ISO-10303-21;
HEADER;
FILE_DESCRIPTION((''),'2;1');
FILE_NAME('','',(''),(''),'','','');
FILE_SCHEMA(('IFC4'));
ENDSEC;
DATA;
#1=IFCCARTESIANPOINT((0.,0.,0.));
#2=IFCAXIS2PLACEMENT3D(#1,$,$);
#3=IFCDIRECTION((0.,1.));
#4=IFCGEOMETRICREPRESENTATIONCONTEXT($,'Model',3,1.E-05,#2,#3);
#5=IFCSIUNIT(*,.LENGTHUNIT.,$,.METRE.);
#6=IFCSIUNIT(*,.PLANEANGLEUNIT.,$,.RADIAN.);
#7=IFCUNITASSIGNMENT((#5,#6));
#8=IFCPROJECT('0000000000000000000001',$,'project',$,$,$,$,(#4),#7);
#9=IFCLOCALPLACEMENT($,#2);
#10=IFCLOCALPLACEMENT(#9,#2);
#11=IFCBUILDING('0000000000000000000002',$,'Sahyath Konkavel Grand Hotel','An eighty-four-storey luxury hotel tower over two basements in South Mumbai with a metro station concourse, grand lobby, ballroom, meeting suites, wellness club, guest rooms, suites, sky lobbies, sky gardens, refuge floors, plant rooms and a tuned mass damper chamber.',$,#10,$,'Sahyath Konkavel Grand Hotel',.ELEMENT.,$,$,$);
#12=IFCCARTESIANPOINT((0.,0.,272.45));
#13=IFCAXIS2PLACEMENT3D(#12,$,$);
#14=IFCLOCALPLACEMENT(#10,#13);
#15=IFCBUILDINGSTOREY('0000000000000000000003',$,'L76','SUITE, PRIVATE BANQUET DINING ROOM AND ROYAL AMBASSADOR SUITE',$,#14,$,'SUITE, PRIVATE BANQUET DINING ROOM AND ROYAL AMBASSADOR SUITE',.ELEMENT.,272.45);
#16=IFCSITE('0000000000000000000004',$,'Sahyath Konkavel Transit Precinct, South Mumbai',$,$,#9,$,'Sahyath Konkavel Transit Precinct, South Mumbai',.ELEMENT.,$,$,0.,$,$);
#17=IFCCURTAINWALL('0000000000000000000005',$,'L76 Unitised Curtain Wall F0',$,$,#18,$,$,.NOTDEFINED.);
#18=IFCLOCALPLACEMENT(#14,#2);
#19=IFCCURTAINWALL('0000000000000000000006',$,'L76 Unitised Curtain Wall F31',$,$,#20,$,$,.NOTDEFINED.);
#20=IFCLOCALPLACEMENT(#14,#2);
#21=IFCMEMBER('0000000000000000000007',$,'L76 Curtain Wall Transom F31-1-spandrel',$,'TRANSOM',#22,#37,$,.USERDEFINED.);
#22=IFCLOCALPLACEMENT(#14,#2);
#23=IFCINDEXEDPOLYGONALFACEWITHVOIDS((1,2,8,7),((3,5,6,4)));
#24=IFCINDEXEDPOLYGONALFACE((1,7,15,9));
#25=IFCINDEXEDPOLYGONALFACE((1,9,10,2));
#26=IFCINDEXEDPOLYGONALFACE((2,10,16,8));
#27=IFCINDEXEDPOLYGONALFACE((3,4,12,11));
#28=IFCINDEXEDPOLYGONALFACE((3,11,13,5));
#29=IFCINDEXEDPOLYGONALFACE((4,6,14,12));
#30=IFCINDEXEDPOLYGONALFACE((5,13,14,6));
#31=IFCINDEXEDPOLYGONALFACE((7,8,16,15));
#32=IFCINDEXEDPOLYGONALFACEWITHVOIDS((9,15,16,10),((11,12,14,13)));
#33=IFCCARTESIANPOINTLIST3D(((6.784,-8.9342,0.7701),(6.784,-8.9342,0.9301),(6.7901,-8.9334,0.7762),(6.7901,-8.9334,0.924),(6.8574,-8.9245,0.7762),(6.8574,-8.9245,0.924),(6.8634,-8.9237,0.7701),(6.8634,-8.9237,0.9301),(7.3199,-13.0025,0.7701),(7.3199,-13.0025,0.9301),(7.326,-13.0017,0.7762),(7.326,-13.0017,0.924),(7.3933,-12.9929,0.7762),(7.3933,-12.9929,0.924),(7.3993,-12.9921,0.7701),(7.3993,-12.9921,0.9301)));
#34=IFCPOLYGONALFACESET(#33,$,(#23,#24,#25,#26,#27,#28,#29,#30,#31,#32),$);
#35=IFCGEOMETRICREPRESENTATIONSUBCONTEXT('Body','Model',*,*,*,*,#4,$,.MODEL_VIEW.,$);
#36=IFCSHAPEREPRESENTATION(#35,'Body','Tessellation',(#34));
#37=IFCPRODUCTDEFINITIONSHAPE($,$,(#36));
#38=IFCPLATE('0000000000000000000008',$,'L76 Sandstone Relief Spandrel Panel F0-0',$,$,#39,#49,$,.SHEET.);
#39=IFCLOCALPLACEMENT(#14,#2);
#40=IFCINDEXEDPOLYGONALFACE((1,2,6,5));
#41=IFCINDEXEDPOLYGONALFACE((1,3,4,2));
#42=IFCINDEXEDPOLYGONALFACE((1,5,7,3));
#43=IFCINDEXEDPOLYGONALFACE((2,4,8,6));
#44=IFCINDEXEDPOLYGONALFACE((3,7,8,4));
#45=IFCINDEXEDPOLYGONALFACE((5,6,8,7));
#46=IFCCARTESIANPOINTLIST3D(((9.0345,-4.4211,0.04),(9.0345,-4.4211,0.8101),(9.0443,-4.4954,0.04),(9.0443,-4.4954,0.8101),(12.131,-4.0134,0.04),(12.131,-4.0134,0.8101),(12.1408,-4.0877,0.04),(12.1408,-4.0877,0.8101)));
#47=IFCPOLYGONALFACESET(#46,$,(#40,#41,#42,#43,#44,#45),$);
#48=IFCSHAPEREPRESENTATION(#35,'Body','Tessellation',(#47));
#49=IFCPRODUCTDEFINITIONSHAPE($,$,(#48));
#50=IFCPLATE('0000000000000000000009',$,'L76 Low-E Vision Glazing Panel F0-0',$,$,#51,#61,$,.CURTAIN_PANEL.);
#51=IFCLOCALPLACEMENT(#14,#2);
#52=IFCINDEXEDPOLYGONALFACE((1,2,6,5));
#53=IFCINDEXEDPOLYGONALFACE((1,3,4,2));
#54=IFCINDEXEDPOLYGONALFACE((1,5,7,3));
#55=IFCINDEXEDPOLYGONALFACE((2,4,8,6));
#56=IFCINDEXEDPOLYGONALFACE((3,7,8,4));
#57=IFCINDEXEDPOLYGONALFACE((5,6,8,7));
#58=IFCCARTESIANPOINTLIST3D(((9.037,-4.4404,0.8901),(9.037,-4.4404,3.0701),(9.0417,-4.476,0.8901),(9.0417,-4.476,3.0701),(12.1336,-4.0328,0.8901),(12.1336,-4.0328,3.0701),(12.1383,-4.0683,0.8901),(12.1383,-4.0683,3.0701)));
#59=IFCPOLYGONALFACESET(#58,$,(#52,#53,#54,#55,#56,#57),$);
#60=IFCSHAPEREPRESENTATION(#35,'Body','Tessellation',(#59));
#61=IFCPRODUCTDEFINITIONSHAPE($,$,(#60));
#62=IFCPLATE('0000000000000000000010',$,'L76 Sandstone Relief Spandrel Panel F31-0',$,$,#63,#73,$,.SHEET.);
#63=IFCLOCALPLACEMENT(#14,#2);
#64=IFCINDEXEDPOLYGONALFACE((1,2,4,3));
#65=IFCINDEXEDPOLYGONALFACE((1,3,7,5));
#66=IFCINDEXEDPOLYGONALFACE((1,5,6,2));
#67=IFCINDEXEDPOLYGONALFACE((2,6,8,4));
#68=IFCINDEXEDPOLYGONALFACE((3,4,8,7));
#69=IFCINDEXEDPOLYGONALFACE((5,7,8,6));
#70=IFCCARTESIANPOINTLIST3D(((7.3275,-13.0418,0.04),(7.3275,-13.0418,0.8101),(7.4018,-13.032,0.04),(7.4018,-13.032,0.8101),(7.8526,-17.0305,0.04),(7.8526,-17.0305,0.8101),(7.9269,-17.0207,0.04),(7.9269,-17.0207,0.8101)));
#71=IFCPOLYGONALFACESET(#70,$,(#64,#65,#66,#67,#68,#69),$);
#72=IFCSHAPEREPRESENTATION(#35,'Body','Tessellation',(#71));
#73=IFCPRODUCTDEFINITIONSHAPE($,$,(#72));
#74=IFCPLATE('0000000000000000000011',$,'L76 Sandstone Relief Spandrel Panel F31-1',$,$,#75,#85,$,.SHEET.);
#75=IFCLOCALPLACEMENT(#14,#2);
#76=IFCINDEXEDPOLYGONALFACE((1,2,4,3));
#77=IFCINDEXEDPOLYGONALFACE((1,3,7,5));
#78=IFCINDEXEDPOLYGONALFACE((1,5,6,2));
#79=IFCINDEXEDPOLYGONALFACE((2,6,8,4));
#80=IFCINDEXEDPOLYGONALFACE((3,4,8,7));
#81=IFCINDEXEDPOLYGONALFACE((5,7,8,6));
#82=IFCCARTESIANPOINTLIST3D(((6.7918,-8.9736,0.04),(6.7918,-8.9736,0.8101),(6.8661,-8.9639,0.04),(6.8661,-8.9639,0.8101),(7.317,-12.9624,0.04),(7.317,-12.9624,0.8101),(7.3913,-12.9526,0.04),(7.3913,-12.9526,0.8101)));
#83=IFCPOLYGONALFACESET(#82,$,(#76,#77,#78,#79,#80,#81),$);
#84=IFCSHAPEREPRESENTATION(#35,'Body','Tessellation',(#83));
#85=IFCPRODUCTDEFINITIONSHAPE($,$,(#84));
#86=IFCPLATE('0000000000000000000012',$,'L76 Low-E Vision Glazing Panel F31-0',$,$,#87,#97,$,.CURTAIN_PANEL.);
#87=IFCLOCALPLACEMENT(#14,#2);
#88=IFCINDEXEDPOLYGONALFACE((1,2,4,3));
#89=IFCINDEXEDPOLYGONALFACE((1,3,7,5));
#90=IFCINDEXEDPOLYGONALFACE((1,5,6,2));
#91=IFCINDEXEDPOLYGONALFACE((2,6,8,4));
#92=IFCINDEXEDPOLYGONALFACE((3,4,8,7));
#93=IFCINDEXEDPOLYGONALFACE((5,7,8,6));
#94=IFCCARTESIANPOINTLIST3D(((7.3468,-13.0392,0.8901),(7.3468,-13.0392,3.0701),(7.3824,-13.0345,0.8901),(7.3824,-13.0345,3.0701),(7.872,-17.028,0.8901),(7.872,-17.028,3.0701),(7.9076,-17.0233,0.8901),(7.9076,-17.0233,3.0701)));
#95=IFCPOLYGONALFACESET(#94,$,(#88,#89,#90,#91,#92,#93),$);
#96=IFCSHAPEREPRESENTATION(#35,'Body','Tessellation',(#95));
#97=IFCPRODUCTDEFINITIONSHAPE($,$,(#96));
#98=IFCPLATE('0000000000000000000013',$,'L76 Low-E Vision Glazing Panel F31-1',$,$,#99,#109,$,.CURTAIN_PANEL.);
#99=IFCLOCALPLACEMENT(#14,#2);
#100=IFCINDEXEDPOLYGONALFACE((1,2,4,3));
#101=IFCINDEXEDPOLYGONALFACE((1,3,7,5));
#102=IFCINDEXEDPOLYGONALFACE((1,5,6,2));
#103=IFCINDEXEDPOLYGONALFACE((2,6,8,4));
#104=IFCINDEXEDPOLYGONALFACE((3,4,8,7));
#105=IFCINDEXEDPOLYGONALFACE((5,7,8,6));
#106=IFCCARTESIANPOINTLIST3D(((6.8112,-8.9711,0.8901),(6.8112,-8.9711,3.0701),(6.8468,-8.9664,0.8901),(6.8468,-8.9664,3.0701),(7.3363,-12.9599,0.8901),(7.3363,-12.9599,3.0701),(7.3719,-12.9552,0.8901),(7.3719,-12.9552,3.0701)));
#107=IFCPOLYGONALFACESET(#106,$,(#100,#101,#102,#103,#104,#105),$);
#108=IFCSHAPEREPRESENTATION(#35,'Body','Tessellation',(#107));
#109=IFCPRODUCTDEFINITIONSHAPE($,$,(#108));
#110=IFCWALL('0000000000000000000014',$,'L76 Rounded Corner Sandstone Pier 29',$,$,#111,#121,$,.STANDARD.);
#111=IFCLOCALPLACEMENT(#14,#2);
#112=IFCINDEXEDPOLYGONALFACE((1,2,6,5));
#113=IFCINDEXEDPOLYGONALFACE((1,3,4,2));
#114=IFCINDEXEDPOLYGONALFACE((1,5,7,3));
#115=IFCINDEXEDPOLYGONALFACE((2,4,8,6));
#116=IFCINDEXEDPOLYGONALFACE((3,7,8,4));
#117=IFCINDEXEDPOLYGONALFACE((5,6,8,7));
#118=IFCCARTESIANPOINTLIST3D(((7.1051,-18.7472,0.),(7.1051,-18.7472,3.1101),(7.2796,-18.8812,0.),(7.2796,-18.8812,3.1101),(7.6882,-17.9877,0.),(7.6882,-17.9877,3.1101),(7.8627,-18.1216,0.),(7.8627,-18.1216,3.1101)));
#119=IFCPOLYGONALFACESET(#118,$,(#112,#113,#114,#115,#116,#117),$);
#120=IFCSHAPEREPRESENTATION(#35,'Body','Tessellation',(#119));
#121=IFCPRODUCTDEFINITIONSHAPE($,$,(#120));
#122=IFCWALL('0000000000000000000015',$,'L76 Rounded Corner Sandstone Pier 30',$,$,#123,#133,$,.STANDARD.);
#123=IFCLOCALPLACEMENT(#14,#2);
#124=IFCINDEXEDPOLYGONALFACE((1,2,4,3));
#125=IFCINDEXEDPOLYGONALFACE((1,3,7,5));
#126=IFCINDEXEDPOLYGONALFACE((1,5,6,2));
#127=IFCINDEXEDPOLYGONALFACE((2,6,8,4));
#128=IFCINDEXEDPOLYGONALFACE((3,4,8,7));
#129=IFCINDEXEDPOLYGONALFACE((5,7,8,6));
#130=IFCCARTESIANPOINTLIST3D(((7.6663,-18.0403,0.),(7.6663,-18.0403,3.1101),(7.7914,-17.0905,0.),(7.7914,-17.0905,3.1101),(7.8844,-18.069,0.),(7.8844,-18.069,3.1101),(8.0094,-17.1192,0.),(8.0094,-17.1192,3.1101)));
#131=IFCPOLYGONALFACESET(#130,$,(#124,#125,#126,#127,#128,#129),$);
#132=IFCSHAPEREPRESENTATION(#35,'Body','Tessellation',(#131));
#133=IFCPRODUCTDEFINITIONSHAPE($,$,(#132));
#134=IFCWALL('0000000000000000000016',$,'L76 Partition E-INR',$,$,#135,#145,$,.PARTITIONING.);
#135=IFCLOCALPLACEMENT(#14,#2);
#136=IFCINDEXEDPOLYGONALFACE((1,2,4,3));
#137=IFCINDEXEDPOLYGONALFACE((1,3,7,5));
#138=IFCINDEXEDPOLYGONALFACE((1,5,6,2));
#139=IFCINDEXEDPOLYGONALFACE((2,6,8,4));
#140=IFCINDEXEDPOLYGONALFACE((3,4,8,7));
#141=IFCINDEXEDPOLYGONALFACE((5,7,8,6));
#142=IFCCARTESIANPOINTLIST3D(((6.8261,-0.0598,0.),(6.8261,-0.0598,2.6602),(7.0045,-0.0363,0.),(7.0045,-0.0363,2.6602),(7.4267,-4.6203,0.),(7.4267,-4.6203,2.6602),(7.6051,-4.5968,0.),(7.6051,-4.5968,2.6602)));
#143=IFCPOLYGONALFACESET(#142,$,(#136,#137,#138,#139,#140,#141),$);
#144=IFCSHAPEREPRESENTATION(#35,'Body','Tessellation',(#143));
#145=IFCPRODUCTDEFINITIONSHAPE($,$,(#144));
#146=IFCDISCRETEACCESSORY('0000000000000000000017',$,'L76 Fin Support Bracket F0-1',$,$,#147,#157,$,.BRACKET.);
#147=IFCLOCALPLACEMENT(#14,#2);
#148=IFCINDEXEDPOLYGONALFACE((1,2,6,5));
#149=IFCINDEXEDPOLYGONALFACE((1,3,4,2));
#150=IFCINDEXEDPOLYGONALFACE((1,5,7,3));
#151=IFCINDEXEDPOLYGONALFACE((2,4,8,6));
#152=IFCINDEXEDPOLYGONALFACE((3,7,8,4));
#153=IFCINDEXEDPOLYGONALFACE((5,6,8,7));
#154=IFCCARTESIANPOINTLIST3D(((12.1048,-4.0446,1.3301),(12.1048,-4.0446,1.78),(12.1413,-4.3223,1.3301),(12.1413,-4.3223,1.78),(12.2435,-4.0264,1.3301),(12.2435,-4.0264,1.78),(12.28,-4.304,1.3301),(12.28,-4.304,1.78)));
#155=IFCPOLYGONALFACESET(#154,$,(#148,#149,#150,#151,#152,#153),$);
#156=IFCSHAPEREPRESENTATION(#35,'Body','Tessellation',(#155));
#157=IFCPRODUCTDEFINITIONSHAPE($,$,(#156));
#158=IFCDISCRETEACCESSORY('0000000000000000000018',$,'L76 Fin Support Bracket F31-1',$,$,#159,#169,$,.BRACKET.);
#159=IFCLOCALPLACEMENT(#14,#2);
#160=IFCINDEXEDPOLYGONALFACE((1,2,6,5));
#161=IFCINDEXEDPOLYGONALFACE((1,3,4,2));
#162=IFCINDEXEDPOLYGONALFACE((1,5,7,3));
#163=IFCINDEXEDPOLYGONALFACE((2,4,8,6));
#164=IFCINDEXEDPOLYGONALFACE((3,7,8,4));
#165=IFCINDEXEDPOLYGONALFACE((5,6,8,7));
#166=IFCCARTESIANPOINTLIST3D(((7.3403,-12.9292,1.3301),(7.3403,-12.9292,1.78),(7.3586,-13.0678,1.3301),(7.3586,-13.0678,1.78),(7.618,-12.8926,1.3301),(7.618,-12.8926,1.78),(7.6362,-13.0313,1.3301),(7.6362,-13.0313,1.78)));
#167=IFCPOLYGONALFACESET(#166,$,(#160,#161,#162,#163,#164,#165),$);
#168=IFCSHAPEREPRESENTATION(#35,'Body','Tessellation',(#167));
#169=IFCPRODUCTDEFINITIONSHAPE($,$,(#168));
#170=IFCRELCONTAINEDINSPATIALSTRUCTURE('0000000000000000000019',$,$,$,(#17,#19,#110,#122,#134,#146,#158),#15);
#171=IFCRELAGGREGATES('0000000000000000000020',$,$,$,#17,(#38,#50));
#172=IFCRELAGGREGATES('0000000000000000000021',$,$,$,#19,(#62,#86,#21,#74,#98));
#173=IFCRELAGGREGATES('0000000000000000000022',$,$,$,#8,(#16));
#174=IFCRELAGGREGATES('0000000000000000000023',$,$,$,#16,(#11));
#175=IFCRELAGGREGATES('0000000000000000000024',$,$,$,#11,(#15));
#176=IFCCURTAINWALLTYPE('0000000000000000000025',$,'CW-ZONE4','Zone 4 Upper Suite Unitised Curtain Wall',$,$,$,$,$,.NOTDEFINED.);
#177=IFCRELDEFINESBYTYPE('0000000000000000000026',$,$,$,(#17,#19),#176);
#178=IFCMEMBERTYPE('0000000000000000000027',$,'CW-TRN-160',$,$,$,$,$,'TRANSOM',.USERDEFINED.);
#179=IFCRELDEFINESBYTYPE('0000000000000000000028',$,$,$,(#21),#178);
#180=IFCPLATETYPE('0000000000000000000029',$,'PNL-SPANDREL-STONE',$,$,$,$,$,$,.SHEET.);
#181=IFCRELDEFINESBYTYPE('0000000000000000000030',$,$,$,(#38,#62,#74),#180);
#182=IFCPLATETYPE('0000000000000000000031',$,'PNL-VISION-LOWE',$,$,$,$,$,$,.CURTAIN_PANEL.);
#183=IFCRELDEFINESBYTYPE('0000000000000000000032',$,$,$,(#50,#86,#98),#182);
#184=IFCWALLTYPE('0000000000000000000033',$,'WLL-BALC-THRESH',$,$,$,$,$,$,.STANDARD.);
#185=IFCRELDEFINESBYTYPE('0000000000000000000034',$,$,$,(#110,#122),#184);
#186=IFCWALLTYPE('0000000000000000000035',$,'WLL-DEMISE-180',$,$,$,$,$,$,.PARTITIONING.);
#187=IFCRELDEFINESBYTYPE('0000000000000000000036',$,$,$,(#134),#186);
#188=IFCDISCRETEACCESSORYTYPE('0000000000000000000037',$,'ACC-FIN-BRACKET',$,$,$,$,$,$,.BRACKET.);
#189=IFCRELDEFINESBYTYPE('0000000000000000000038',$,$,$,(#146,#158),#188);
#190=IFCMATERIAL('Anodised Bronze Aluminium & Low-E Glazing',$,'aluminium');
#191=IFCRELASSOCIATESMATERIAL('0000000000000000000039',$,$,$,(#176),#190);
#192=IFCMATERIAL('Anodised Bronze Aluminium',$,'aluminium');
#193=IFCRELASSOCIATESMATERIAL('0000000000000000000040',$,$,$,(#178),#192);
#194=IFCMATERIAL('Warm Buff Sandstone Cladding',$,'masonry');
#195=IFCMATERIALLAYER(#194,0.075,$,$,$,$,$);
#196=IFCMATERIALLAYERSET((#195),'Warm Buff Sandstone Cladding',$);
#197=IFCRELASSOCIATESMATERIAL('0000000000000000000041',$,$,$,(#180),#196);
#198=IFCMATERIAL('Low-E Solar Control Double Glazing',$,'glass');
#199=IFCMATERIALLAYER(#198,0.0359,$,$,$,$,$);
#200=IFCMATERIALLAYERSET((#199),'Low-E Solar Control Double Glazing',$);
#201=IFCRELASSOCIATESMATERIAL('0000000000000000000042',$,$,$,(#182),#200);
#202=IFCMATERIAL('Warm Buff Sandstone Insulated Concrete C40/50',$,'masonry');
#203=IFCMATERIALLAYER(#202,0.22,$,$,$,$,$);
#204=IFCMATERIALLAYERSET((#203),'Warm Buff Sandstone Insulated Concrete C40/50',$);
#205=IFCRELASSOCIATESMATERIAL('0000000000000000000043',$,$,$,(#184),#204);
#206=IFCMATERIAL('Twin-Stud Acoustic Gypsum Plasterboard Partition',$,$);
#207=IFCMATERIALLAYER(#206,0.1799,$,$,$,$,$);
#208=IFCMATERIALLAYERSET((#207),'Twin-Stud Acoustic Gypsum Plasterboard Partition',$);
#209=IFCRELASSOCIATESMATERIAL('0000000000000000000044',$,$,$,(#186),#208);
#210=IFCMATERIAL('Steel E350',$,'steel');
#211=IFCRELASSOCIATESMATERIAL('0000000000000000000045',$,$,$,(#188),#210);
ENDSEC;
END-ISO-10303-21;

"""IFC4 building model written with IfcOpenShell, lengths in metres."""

from ifc_helpers import new_model, si_unit, direction, frame, frame_2d, origin, origin_2d, place, context, subcontext, project, spatial, rectangle, hollow_rectangle, extrude, source, transform, mapped, material, layer, layer_set, material_profile, profile_set, type_object, element, aggregate, save


model = new_model("IFC4")

# Units and contexts
model_context = context("Model", 3, precision=1e-05, world=origin(), true_north=direction((0.0, 1.0)))
body_context = subcontext(model_context, "Body", "Model", "MODEL_VIEW")
ifc_project = project(units=[si_unit("LENGTHUNIT", "METRE"), si_unit("PLANEANGLEUNIT", "RADIAN")], contexts=[model_context])

# Site, building, storey
site_placement = place(None, origin())
site = spatial("IfcSite", under=ifc_project, at=site_placement, Name="Sahyath Konkavel Transit Precinct, South Mumbai", LongName="Sahyath Konkavel Transit Precinct, South Mumbai", CompositionType="ELEMENT", RefElevation=0.0)
building_placement = place(site_placement, origin())
building = spatial("IfcBuilding", under=site, at=building_placement, Name="Sahyath Konkavel Grand Hotel", Description="An eighty-four-storey luxury hotel tower over two basements in South Mumbai with a metro station concourse, grand lobby, ballroom, meeting suites, wellness club, guest rooms, suites, sky lobbies, sky gardens, refuge floors, plant rooms and a tuned mass damper chamber.", LongName="Sahyath Konkavel Grand Hotel", CompositionType="ELEMENT")
storey_placement = place(building_placement, frame((0.0, 0.0, 272.45)))
storey = spatial("IfcBuildingStorey", under=building, at=storey_placement, Name="L76", Description="SUITE, PRIVATE BANQUET DINING ROOM AND ROYAL AMBASSADOR SUITE", LongName="SUITE, PRIVATE BANQUET DINING ROOM AND ROYAL AMBASSADOR SUITE", CompositionType="ELEMENT", Elevation=272.45)

# Curtain walls
ifc_material_1 = material(Name="Anodised Bronze Aluminium & Low-E Glazing", Category="aluminium")
curtain_wall_type = type_object("IfcCurtainWallType", Name="CW-ZONE4", Description="Zone 4 Upper Suite Unitised Curtain Wall", PredefinedType="NOTDEFINED", material=ifc_material_1)
curtain_wall_1_placement = place(storey_placement, origin())
curtain_wall_1 = element("IfcCurtainWall", 1, at=curtain_wall_1_placement, inside=storey, type_object=curtain_wall_type, Name="L76 Unitised Curtain Wall F0", PredefinedType="NOTDEFINED")
curtain_wall_2_placement = place(storey_placement, origin())
curtain_wall_2 = element("IfcCurtainWall", 2, at=curtain_wall_2_placement, inside=storey, type_object=curtain_wall_type, Name="L76 Unitised Curtain Wall F31", PredefinedType="NOTDEFINED")

# Shared definitions
ifc_material_2 = material(Name="Anodised Bronze Aluminium", Category="aluminium")

# Member
ifc_material_profile_1 = material_profile(ifc_material_2, hollow_rectangle(XDim=0.0801, YDim=0.1599, WallThickness=0.0061, at=origin_2d()), Name="RHS 160x80x6")
ifc_profile_set_1 = profile_set([ifc_material_profile_1], Name="Anodised Bronze Aluminium")
member_type_1 = type_object("IfcMemberType", Name="CW-TRN-160", ElementType="TRANSOM", PredefinedType="USERDEFINED", material=ifc_profile_set_1)
shared_shape_1 = source(origin(), body_context, "Body", "SweptSolid", [
    extrude(hollow_rectangle(XDim=0.0801, YDim=0.1599, WallThickness=0.0061, at=origin_2d()), origin(), (0.0, 0.0, 1.0), 4.1035),
])
member_1_placement = place(storey_placement, frame((7.3596, -12.9973, 0.8501), z_axis=(-0.130593, 0.991436, 0.0), x_axis=(-0.991436, -0.130593, 0.0)))
member_1 = element("IfcMember", 3, at=member_1_placement, type_object=member_type_1, Name="L76 Curtain Wall Transom F31-1-spandrel", ObjectType="TRANSOM", PredefinedType="USERDEFINED", context=body_context, shape_type="MappedRepresentation", body=[
    mapped(shared_shape_1, transform((0.0, 0.0, 0.0), scale=1.0)),
])

# Plates
ifc_material_3 = material(Name="Warm Buff Sandstone Cladding", Category="masonry")
ifc_layer_1 = layer(ifc_material_3, 0.075)
ifc_layer_set_1 = layer_set([ifc_layer_1], Name="Warm Buff Sandstone Cladding")
plate_type_1 = type_object("IfcPlateType", Name="PNL-SPANDREL-STONE", PredefinedType="SHEET", material=ifc_layer_set_1)
shared_shape_2 = source(origin(), body_context, "Body", "SweptSolid", [
    extrude(rectangle(XDim=3.1233, YDim=0.075, at=origin_2d()), origin(), (0.0, 0.0, 1.0), 0.77),
])
plate_1_placement = place(storey_placement, frame((10.5876, -4.2544, 0.04), z_axis=(0.0, 0.0, 1.0), x_axis=(0.991445, 0.130526, 0.0)))
plate_1 = element("IfcPlate", 4, at=plate_1_placement, type_object=plate_type_1, Name="L76 Sandstone Relief Spandrel Panel F0-0", PredefinedType="SHEET", context=body_context, shape_type="MappedRepresentation", body=[
    mapped(shared_shape_2, transform((0.0, 0.0, 0.0), scale=1.0)),
])
ifc_material_4 = material(Name="Low-E Solar Control Double Glazing", Category="glass")
ifc_layer_2 = layer(ifc_material_4, 0.0359)
ifc_layer_set_2 = layer_set([ifc_layer_2], Name="Low-E Solar Control Double Glazing")
plate_type_2 = type_object("IfcPlateType", Name="PNL-VISION-LOWE", PredefinedType="CURTAIN_PANEL", material=ifc_layer_set_2)
shared_shape_3 = source(origin(), body_context, "Body", "SweptSolid", [
    extrude(rectangle(XDim=3.1233, YDim=0.0359, at=origin_2d()), origin(), (0.0, 0.0, 1.0), 2.1799),
])
plate_2_placement = place(storey_placement, frame((10.5876, -4.2544, 0.8901), z_axis=(0.0, 0.0, 1.0), x_axis=(0.991445, 0.130526, 0.0)))
plate_2 = element("IfcPlate", 5, at=plate_2_placement, type_object=plate_type_2, Name="L76 Low-E Vision Glazing Panel F0-0", PredefinedType="CURTAIN_PANEL", context=body_context, shape_type="MappedRepresentation", body=[
    mapped(shared_shape_3, transform((0.0, 0.0, 0.0), scale=1.0)),
])
aggregate(curtain_wall_1, [plate_1, plate_2])
shared_shape_4 = source(origin(), body_context, "Body", "SweptSolid", [
    extrude(rectangle(XDim=4.0232, YDim=0.075, at=origin_2d()), origin(), (0.0, 0.0, 1.0), 0.77),
])
plate_3_placement = place(storey_placement, frame((7.6272, -15.0312, 0.04), z_axis=(0.0, 0.0, 1.0), x_axis=(-0.130526, 0.991445, 0.0)))
plate_3 = element("IfcPlate", 6, at=plate_3_placement, type_object=plate_type_1, Name="L76 Sandstone Relief Spandrel Panel F31-0", PredefinedType="SHEET", context=body_context, shape_type="MappedRepresentation", body=[
    mapped(shared_shape_4, transform((0.0, 0.0, 0.0), scale=1.0)),
])
plate_4_placement = place(storey_placement, frame((7.0916, -10.9631, 0.04), z_axis=(0.0, 0.0, 1.0), x_axis=(-0.130526, 0.991445, 0.0)))
plate_4 = element("IfcPlate", 7, at=plate_4_placement, type_object=plate_type_1, Name="L76 Sandstone Relief Spandrel Panel F31-1", PredefinedType="SHEET", context=body_context, shape_type="MappedRepresentation", body=[
    mapped(shared_shape_4, transform((0.0, 0.0, 0.0), scale=1.0)),
])
shared_shape_5 = source(origin(), body_context, "Body", "SweptSolid", [
    extrude(rectangle(XDim=4.0232, YDim=0.0359, at=origin_2d()), origin(), (0.0, 0.0, 1.0), 2.1799),
])
plate_5_placement = place(storey_placement, frame((7.6272, -15.0312, 0.8901), z_axis=(0.0, 0.0, 1.0), x_axis=(-0.130526, 0.991445, 0.0)))
plate_5 = element("IfcPlate", 8, at=plate_5_placement, type_object=plate_type_2, Name="L76 Low-E Vision Glazing Panel F31-0", PredefinedType="CURTAIN_PANEL", context=body_context, shape_type="MappedRepresentation", body=[
    mapped(shared_shape_5, transform((0.0, 0.0, 0.0), scale=1.0)),
])
plate_6_placement = place(storey_placement, frame((7.0916, -10.9631, 0.8901), z_axis=(0.0, 0.0, 1.0), x_axis=(-0.130526, 0.991445, 0.0)))
plate_6 = element("IfcPlate", 9, at=plate_6_placement, type_object=plate_type_2, Name="L76 Low-E Vision Glazing Panel F31-1", PredefinedType="CURTAIN_PANEL", context=body_context, shape_type="MappedRepresentation", body=[
    mapped(shared_shape_5, transform((0.0, 0.0, 0.0), scale=1.0)),
])
aggregate(curtain_wall_2, [plate_3, plate_5, member_1, plate_4, plate_6])

# Walls
ifc_material_5 = material(Name="Warm Buff Sandstone Insulated Concrete C40/50", Category="masonry")
ifc_layer_3 = layer(ifc_material_5, 0.22)
ifc_layer_set_3 = layer_set([ifc_layer_3], Name="Warm Buff Sandstone Insulated Concrete C40/50")
wall_type_1 = type_object("IfcWallType", Name="WLL-BALC-THRESH", PredefinedType="STANDARD", material=ifc_layer_set_3)
wall_1_placement = place(storey_placement, frame((7.1924, -18.8142, 0.0), z_axis=(0.0, 0.0, 1.0), x_axis=(0.608897, 0.793249, 0.0)))
element("IfcWall", 10, at=wall_1_placement, inside=storey, type_object=wall_type_1, Name="L76 Rounded Corner Sandstone Pier 29", PredefinedType="STANDARD", context=body_context, shape_type="SweptSolid", body=[
    extrude(rectangle(XDim=0.9575, YDim=0.22, at=frame_2d((0.4788, 0.0))), origin(), (0.0, 0.0, 1.0), 3.1101),
])
wall_2_placement = place(storey_placement, frame((7.7754, -18.0547, 0.0), z_axis=(0.0, 0.0, 1.0), x_axis=(0.130494, 0.991449, 0.0)))
element("IfcWall", 11, at=wall_2_placement, inside=storey, type_object=wall_type_1, Name="L76 Rounded Corner Sandstone Pier 30", PredefinedType="STANDARD", context=body_context, shape_type="SweptSolid", body=[
    extrude(rectangle(XDim=0.958, YDim=0.22, at=frame_2d((0.479, 0.0))), origin(), (0.0, 0.0, 1.0), 3.1101),
])
ifc_material_6 = material(Name="Twin-Stud Acoustic Gypsum Plasterboard Partition")
ifc_layer_4 = layer(ifc_material_6, 0.1799)
ifc_layer_set_4 = layer_set([ifc_layer_4], Name="Twin-Stud Acoustic Gypsum Plasterboard Partition")
wall_type_2 = type_object("IfcWallType", Name="WLL-DEMISE-180", PredefinedType="PARTITIONING", material=ifc_layer_set_4)
wall_3_placement = place(storey_placement, frame((7.5159, -4.6084, 0.0), z_axis=(0.0, 0.0, 1.0), x_axis=(-0.130564, 0.99144, 0.0)))
element("IfcWall", 12, at=wall_3_placement, inside=storey, type_object=wall_type_2, Name="L76 Partition E-INR", PredefinedType="PARTITIONING", context=body_context, shape_type="SweptSolid", body=[
    extrude(rectangle(XDim=4.5999, YDim=0.1799, at=frame_2d((2.2998, 0.0))), origin(), (0.0, 0.0, 1.0), 2.6602),
])

# Discrete accessories
ifc_material_7 = material(Name="Steel E350", Category="steel")
discrete_accessory_type = type_object("IfcDiscreteAccessoryType", Name="ACC-FIN-BRACKET", PredefinedType="BRACKET", material=ifc_material_7)
shared_shape_6 = source(origin(), body_context, "Body", "SweptSolid", [
    extrude(rectangle(XDim=0.28, YDim=0.1399, at=origin_2d()), origin(), (0.0, 0.0, 1.0), 0.45),
])
for number, where, z_axis, x_axis, name in (
    (13, (12.1924, -4.1743, 1.3301), (0.0, 0.0, 1.0), (0.130526, -0.991445, 0.0), "L76 Fin Support Bracket F0-1"),
    (14, (7.4883, -12.9802, 1.3301), (0.0, 0.0, 1.0), (0.991445, 0.130526, 0.0), "L76 Fin Support Bracket F31-1"),
):
    element("IfcDiscreteAccessory", number, at=place(storey_placement, frame(where, z_axis=z_axis, x_axis=x_axis)), inside=storey, type_object=discrete_accessory_type, Name=name, PredefinedType="BRACKET", context=body_context, shape_type="MappedRepresentation", body=[
        mapped(shared_shape_6, transform((0.0, 0.0, 0.0), scale=1.0)),
    ])

save(model, "model.ifc")
